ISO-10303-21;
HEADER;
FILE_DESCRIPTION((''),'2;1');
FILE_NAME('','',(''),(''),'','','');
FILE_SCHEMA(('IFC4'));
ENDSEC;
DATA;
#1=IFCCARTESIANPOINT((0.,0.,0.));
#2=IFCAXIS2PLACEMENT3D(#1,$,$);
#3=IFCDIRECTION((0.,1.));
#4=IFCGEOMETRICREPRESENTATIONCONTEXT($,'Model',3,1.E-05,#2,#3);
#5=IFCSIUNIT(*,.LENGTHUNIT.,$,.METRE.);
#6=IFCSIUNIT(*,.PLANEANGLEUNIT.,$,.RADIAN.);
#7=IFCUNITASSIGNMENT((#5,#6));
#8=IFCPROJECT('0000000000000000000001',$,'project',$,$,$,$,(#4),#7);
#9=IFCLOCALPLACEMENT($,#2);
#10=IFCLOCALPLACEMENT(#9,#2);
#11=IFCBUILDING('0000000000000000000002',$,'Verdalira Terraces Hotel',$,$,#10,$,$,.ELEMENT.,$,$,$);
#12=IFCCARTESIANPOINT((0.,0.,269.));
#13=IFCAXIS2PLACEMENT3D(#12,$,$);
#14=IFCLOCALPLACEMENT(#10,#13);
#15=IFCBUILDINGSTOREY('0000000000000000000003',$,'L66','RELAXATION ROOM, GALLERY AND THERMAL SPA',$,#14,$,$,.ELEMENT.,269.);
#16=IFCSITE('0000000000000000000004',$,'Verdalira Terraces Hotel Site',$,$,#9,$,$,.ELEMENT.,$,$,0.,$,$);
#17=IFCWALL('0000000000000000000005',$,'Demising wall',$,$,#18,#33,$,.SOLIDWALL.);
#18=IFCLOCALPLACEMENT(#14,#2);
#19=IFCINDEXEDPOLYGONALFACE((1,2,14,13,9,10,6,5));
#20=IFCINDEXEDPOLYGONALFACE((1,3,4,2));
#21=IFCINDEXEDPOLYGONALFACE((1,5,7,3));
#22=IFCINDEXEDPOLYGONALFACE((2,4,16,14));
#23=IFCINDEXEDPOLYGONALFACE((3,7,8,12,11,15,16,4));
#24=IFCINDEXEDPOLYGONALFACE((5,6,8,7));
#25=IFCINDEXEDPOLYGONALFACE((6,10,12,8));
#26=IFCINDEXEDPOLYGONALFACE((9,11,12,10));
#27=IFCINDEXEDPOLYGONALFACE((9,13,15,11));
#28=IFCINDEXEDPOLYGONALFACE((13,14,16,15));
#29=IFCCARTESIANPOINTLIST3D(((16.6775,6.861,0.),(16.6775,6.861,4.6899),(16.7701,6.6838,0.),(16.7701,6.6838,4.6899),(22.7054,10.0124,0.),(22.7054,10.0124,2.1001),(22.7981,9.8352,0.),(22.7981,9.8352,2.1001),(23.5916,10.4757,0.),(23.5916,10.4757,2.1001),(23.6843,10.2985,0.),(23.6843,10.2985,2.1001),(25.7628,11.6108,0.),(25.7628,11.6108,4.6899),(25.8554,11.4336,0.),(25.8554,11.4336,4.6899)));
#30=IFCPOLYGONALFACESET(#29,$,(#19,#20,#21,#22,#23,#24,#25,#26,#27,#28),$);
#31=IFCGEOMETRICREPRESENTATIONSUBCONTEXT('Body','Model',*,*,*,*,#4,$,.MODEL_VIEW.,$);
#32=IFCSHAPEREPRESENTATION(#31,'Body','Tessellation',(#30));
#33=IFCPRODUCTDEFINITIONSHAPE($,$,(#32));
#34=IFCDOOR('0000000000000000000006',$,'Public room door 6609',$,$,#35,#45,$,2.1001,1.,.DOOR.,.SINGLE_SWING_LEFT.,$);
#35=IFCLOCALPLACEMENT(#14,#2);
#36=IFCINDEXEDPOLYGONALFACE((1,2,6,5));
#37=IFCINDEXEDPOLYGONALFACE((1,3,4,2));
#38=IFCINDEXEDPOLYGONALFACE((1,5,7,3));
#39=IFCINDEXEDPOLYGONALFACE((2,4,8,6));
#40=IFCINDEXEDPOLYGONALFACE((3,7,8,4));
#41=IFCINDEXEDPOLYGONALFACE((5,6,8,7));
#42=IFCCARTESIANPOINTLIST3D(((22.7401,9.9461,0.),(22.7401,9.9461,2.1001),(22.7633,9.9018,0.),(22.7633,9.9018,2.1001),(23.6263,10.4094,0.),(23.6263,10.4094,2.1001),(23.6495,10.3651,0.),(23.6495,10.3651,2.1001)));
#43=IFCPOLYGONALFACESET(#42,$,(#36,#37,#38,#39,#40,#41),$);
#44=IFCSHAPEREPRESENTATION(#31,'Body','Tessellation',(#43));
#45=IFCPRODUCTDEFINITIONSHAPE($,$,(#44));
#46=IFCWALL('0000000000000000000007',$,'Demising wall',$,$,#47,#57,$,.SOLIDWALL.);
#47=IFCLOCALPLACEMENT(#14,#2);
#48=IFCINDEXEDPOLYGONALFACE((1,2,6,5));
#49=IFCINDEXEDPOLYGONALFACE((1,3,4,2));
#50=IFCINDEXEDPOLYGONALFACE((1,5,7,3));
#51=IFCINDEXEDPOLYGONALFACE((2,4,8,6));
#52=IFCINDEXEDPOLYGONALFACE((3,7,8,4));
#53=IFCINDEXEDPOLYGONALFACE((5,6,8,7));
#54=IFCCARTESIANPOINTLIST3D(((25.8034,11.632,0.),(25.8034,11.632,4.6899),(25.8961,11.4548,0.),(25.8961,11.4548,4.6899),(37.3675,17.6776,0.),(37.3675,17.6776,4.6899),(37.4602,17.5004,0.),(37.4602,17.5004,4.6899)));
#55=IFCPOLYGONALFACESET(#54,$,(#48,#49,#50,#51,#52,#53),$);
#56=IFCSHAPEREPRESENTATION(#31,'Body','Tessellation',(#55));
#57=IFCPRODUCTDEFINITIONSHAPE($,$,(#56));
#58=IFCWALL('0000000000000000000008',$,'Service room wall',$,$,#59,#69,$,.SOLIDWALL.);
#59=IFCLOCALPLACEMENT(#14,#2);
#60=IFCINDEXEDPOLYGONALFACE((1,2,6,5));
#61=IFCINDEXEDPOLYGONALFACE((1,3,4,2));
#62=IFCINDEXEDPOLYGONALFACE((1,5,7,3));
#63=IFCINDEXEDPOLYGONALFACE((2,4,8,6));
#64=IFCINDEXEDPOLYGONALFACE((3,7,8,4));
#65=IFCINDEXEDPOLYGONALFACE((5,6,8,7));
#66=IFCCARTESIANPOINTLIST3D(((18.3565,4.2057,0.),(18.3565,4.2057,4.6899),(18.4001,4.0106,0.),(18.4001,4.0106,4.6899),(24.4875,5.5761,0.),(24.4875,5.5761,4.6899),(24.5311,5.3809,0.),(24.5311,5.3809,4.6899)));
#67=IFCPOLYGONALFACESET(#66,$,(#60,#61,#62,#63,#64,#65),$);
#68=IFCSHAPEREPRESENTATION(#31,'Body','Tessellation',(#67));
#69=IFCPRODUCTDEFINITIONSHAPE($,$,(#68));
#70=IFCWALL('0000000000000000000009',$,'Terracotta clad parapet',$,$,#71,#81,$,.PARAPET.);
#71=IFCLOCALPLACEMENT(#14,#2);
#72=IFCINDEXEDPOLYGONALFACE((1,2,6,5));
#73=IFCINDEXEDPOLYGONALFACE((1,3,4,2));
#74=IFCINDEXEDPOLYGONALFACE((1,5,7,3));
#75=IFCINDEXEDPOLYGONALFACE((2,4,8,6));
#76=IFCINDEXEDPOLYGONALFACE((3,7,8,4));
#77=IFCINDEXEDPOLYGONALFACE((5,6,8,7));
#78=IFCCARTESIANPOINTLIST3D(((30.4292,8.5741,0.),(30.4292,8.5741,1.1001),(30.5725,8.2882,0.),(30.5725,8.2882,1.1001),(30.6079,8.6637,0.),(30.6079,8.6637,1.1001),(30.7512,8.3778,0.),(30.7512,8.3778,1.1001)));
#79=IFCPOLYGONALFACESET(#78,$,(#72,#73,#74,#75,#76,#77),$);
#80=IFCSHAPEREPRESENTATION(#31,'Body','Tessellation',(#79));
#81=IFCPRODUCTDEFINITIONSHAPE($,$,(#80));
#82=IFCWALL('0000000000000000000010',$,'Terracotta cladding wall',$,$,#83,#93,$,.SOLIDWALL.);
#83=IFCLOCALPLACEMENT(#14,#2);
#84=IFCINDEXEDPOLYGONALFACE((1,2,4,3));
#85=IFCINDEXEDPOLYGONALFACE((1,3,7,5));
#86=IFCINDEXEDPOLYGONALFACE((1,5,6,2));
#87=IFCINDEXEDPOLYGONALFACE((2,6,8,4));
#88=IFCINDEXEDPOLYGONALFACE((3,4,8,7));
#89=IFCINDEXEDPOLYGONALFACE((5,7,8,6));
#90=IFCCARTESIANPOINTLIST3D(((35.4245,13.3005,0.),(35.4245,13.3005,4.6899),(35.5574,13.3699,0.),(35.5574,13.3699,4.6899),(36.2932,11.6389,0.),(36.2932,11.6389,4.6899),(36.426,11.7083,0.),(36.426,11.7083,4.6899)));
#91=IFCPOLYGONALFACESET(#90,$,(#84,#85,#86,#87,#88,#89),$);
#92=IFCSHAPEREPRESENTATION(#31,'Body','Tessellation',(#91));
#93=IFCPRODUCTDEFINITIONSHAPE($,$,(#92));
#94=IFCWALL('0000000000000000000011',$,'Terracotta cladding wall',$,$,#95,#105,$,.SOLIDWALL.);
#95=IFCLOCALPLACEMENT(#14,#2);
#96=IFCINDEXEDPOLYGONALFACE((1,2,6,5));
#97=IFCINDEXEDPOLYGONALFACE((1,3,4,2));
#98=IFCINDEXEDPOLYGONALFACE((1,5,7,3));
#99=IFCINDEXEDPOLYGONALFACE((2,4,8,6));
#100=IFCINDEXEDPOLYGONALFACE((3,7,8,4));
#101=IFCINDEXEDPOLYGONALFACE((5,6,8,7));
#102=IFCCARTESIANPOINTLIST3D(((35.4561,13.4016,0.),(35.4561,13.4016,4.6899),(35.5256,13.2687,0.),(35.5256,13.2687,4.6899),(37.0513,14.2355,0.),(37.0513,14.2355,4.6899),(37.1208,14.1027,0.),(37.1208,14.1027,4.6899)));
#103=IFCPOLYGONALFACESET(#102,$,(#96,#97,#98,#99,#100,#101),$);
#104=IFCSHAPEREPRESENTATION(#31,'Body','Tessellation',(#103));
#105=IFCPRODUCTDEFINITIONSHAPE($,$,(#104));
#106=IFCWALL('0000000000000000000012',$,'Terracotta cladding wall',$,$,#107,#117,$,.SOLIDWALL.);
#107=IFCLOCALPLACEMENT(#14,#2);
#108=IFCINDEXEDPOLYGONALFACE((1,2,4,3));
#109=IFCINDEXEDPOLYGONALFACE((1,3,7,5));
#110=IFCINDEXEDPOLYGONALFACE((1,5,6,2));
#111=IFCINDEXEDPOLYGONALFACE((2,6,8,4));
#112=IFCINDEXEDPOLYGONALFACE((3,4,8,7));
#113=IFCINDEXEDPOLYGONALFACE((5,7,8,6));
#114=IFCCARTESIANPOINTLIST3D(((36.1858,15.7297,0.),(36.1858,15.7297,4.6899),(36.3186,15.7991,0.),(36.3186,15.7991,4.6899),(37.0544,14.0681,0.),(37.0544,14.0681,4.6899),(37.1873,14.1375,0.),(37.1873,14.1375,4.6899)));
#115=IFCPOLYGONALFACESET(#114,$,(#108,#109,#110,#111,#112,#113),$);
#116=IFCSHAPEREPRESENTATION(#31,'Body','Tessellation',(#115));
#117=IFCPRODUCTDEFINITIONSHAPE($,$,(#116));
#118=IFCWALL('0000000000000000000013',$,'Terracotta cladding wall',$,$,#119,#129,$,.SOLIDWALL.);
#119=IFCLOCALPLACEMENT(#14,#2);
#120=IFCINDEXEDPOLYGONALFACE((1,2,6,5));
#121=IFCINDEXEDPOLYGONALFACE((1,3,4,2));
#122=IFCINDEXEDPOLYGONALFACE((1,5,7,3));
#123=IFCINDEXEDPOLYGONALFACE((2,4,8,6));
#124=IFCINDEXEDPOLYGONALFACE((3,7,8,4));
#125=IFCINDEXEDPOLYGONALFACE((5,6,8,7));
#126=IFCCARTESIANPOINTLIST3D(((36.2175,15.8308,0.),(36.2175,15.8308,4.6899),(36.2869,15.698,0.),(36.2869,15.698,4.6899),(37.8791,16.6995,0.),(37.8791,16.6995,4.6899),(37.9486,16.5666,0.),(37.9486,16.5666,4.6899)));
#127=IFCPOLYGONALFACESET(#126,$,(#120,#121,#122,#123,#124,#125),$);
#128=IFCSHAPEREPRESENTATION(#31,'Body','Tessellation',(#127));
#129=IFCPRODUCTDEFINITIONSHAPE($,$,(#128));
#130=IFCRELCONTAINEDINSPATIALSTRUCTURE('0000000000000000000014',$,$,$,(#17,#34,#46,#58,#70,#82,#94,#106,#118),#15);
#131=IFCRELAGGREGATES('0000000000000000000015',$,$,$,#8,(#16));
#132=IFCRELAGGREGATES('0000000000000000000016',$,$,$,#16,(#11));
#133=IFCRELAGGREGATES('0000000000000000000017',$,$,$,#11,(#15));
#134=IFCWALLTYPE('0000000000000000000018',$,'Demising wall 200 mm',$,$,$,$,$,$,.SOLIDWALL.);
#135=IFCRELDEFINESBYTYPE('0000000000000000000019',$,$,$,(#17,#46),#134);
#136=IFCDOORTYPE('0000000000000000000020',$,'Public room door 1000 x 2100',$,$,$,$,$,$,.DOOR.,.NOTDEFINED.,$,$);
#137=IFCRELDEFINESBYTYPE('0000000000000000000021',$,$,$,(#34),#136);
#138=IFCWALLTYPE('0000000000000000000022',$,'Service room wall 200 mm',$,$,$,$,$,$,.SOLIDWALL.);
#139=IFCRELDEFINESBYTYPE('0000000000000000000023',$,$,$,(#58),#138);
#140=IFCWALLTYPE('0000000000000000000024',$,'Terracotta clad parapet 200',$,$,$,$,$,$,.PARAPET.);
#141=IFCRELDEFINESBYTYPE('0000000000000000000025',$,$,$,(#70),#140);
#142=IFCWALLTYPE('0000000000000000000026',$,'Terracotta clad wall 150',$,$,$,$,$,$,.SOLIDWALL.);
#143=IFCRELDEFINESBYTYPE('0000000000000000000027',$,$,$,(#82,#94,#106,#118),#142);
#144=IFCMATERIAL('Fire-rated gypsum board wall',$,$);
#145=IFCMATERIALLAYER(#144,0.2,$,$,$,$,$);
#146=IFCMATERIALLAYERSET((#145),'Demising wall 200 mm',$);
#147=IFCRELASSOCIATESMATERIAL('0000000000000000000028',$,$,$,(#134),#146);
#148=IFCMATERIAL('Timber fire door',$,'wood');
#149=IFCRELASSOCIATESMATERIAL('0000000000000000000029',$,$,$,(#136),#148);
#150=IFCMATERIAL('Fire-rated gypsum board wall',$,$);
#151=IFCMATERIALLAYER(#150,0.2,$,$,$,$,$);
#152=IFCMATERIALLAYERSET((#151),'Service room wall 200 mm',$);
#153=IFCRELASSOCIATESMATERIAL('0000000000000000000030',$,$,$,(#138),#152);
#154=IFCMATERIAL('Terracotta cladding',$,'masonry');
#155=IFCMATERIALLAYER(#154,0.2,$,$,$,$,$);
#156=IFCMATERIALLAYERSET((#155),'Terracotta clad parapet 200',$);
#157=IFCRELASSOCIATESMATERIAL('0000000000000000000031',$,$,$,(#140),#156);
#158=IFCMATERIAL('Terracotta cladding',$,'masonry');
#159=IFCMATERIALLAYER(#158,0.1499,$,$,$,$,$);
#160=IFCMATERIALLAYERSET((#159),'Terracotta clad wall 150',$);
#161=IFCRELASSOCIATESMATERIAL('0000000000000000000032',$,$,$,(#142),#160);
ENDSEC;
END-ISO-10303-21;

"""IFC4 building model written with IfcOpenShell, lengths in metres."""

from ifc_helpers import new_model, si_unit, direction, frame, frame_2d, origin, place, context, subcontext, project, spatial, rectangle, extrude, material, layer, layer_set, type_object, element, fill, save


model = new_model("IFC4")

# Units and contexts
model_context = context("Model", 3, precision=1e-05, world=origin(), true_north=direction((0.0, 1.0)))
body_context = subcontext(model_context, "Body", "Model", "MODEL_VIEW")
ifc_project = project(units=[si_unit("LENGTHUNIT", "METRE"), si_unit("PLANEANGLEUNIT", "RADIAN")], contexts=[model_context])

# Site, building, storey
site_placement = place(None, origin())
site = spatial("IfcSite", under=ifc_project, at=site_placement, Name="Verdalira Terraces Hotel Site", CompositionType="ELEMENT", RefElevation=0.0)
building_placement = place(site_placement, origin())
building = spatial("IfcBuilding", under=site, at=building_placement, Name="Verdalira Terraces Hotel", CompositionType="ELEMENT")
storey_placement = place(building_placement, frame((0.0, 0.0, 269.0)))
storey = spatial("IfcBuildingStorey", under=building, at=storey_placement, Name="L66", Description="RELAXATION ROOM, GALLERY AND THERMAL SPA", CompositionType="ELEMENT", Elevation=269.0)

# Wall, opening, door
ifc_material_1 = material(Name="Fire-rated gypsum board wall")
ifc_layer_1 = layer(ifc_material_1, 0.2)
ifc_layer_set_1 = layer_set([ifc_layer_1], Name="Demising wall 200 mm")
wall_type_1 = type_object("IfcWallType", Name="Demising wall 200 mm", PredefinedType="SOLIDWALL", material=ifc_layer_set_1)
wall_1_placement = place(storey_placement, frame((25.8091, 11.5222, 0.0), z_axis=(0.0, 0.0, 1.0), x_axis=(-0.886199, -0.463306, 0.0)))
wall_1 = element("IfcWall", 1, at=wall_1_placement, inside=storey, type_object=wall_type_1, Name="Demising wall", PredefinedType="SOLIDWALL", context=body_context, shape_type="SweptSolid", body=[
    extrude(rectangle(XDim=10.252, YDim=0.2, at=frame_2d((5.126, 0.0))), origin(), (0.0, 0.0, 1.0), 4.6899),
])
opening_placement = place(wall_1_placement, frame((2.45, 0.0, 0.0)))
opening = element("IfcOpeningElement", 2, at=opening_placement, cuts=wall_1, PredefinedType="OPENING", context=body_context, shape_type="SweptSolid", body=[
    extrude(rectangle(XDim=1.0, YDim=2.1001, at=frame_2d((0.5, 1.05))), frame((0.0, 0.1099, 0.0), z_axis=(0.0, -1.0, 0.0), x_axis=(1.0, 0.0, 0.0)), (0.0, 0.0, 1.0), 0.22),
])
ifc_material_2 = material(Name="Timber fire door", Category="wood")
door_type = type_object("IfcDoorType", Name="Public room door 1000 x 2100", OperationType="NOTDEFINED", PredefinedType="DOOR", material=ifc_material_2)
door_placement = place(opening_placement, origin())
door = element("IfcDoor", 3, at=door_placement, inside=storey, type_object=door_type, Name="Public room door 6609", OperationType="SINGLE_SWING_LEFT", OverallHeight=2.1001, OverallWidth=1.0, PredefinedType="DOOR", context=body_context, shape_type="SweptSolid", body=[
    extrude(rectangle(XDim=1.0, YDim=2.1001, at=frame_2d((0.5, 1.05))), frame((0.0, 0.0249, 0.0), z_axis=(0.0, -1.0, 0.0), x_axis=(1.0, 0.0, 0.0)), (0.0, 0.0, 1.0), 0.05),
])
fill(opening, door)

# Walls
wall_2_placement = place(storey_placement, frame((25.8499, 11.5435, 0.0), z_axis=(0.0, 0.0, 1.0), x_axis=(0.886203, 0.463298, 0.0)))
element("IfcWall", 4, at=wall_2_placement, inside=storey, type_object=wall_type_1, Name="Demising wall", PredefinedType="SOLIDWALL", context=body_context, shape_type="SweptSolid", body=[
    extrude(rectangle(XDim=13.0491, YDim=0.2, at=frame_2d((6.5244, 0.0))), origin(), (0.0, 0.0, 1.0), 4.6899),
])
ifc_material_3 = material(Name="Fire-rated gypsum board wall")
ifc_layer_2 = layer(ifc_material_3, 0.2)
ifc_layer_set_2 = layer_set([ifc_layer_2], Name="Service room wall 200 mm")
wall_type_2 = type_object("IfcWallType", Name="Service room wall 200 mm", PredefinedType="SOLIDWALL", material=ifc_layer_set_2)
wall_3_placement = place(storey_placement, frame((24.5093, 5.4785, 0.0), z_axis=(0.0, 0.0, 1.0), x_axis=(-0.975918, -0.218136, 0.0)))
element("IfcWall", 5, at=wall_3_placement, inside=storey, type_object=wall_type_2, Name="Service room wall", PredefinedType="SOLIDWALL", context=body_context, shape_type="SweptSolid", body=[
    extrude(rectangle(XDim=6.2822, YDim=0.2, at=frame_2d((3.1411, 0.0))), origin(), (0.0, 0.0, 1.0), 4.6899),
])
ifc_material_4 = material(Name="Terracotta cladding", Category="masonry")
ifc_layer_3 = layer(ifc_material_4, 0.2)
ifc_layer_set_3 = layer_set([ifc_layer_3], Name="Terracotta clad parapet 200")
wall_type_3 = type_object("IfcWallType", Name="Terracotta clad parapet 200", PredefinedType="PARAPET", material=ifc_layer_set_3)
wall_4_placement = place(storey_placement, frame((30.6619, 8.333, 0.0), z_axis=(0.0, 0.0, 1.0), x_axis=(-0.448129, 0.893969, 0.0)))
element("IfcWall", 6, at=wall_4_placement, inside=storey, type_object=wall_type_3, Name="Terracotta clad parapet", PredefinedType="PARAPET", context=body_context, shape_type="SweptSolid", body=[
    extrude(rectangle(XDim=0.3198, YDim=0.2, at=frame_2d((0.1599, 0.0))), origin(), (0.0, 0.0, 1.0), 1.1001),
])
ifc_material_5 = material(Name="Terracotta cladding", Category="masonry")
ifc_layer_4 = layer(ifc_material_5, 0.1499)
ifc_layer_set_4 = layer_set([ifc_layer_4], Name="Terracotta clad wall 150")
wall_type_4 = type_object("IfcWallType", Name="Terracotta clad wall 150", PredefinedType="SOLIDWALL", material=ifc_layer_set_4)
wall_5_placement = place(storey_placement, frame((36.3596, 11.6736, 0.0), z_axis=(0.0, 0.0, 1.0), x_axis=(-0.463287, 0.886208, 0.0)))
element("IfcWall", 7, at=wall_5_placement, inside=storey, type_object=wall_type_4, Name="Terracotta cladding wall", PredefinedType="SOLIDWALL", context=body_context, shape_type="SweptSolid", body=[
    extrude(rectangle(XDim=1.875, YDim=0.1499, at=frame_2d((0.9375, 0.0))), origin(), (0.0, 0.0, 1.0), 4.6899),
])
wall_6_placement = place(storey_placement, frame((35.491, 13.3352, 0.0), z_axis=(0.0, 0.0, 1.0), x_axis=(0.886198, 0.463307, 0.0)))
element("IfcWall", 8, at=wall_6_placement, inside=storey, type_object=wall_type_4, Name="Terracotta cladding wall", PredefinedType="SOLIDWALL", context=body_context, shape_type="SweptSolid", body=[
    extrude(rectangle(XDim=1.8, YDim=0.1499, at=frame_2d((0.8999, 0.0))), origin(), (0.0, 0.0, 1.0), 4.6899),
])
for number, where, z_axis, x_axis, name in (
    (9, (37.1208, 14.1028, 0.0), (0.0, 0.0, 1.0), (-0.463287, 0.886208, 0.0), "Terracotta cladding wall"),
    (10, (36.2522, 15.7644, 0.0), (0.0, 0.0, 1.0), (0.886208, 0.463287, 0.0), "Terracotta cladding wall"),
):
    element("IfcWall", number, at=place(storey_placement, frame(where, z_axis=z_axis, x_axis=x_axis)), inside=storey, type_object=wall_type_4, Name=name, PredefinedType="SOLIDWALL", context=body_context, shape_type="SweptSolid", body=[
        extrude(rectangle(XDim=1.875, YDim=0.1499, at=frame_2d((0.9375, 0.0))), origin(), (0.0, 0.0, 1.0), 4.6899),
    ])

save(model, "model.ifc")
